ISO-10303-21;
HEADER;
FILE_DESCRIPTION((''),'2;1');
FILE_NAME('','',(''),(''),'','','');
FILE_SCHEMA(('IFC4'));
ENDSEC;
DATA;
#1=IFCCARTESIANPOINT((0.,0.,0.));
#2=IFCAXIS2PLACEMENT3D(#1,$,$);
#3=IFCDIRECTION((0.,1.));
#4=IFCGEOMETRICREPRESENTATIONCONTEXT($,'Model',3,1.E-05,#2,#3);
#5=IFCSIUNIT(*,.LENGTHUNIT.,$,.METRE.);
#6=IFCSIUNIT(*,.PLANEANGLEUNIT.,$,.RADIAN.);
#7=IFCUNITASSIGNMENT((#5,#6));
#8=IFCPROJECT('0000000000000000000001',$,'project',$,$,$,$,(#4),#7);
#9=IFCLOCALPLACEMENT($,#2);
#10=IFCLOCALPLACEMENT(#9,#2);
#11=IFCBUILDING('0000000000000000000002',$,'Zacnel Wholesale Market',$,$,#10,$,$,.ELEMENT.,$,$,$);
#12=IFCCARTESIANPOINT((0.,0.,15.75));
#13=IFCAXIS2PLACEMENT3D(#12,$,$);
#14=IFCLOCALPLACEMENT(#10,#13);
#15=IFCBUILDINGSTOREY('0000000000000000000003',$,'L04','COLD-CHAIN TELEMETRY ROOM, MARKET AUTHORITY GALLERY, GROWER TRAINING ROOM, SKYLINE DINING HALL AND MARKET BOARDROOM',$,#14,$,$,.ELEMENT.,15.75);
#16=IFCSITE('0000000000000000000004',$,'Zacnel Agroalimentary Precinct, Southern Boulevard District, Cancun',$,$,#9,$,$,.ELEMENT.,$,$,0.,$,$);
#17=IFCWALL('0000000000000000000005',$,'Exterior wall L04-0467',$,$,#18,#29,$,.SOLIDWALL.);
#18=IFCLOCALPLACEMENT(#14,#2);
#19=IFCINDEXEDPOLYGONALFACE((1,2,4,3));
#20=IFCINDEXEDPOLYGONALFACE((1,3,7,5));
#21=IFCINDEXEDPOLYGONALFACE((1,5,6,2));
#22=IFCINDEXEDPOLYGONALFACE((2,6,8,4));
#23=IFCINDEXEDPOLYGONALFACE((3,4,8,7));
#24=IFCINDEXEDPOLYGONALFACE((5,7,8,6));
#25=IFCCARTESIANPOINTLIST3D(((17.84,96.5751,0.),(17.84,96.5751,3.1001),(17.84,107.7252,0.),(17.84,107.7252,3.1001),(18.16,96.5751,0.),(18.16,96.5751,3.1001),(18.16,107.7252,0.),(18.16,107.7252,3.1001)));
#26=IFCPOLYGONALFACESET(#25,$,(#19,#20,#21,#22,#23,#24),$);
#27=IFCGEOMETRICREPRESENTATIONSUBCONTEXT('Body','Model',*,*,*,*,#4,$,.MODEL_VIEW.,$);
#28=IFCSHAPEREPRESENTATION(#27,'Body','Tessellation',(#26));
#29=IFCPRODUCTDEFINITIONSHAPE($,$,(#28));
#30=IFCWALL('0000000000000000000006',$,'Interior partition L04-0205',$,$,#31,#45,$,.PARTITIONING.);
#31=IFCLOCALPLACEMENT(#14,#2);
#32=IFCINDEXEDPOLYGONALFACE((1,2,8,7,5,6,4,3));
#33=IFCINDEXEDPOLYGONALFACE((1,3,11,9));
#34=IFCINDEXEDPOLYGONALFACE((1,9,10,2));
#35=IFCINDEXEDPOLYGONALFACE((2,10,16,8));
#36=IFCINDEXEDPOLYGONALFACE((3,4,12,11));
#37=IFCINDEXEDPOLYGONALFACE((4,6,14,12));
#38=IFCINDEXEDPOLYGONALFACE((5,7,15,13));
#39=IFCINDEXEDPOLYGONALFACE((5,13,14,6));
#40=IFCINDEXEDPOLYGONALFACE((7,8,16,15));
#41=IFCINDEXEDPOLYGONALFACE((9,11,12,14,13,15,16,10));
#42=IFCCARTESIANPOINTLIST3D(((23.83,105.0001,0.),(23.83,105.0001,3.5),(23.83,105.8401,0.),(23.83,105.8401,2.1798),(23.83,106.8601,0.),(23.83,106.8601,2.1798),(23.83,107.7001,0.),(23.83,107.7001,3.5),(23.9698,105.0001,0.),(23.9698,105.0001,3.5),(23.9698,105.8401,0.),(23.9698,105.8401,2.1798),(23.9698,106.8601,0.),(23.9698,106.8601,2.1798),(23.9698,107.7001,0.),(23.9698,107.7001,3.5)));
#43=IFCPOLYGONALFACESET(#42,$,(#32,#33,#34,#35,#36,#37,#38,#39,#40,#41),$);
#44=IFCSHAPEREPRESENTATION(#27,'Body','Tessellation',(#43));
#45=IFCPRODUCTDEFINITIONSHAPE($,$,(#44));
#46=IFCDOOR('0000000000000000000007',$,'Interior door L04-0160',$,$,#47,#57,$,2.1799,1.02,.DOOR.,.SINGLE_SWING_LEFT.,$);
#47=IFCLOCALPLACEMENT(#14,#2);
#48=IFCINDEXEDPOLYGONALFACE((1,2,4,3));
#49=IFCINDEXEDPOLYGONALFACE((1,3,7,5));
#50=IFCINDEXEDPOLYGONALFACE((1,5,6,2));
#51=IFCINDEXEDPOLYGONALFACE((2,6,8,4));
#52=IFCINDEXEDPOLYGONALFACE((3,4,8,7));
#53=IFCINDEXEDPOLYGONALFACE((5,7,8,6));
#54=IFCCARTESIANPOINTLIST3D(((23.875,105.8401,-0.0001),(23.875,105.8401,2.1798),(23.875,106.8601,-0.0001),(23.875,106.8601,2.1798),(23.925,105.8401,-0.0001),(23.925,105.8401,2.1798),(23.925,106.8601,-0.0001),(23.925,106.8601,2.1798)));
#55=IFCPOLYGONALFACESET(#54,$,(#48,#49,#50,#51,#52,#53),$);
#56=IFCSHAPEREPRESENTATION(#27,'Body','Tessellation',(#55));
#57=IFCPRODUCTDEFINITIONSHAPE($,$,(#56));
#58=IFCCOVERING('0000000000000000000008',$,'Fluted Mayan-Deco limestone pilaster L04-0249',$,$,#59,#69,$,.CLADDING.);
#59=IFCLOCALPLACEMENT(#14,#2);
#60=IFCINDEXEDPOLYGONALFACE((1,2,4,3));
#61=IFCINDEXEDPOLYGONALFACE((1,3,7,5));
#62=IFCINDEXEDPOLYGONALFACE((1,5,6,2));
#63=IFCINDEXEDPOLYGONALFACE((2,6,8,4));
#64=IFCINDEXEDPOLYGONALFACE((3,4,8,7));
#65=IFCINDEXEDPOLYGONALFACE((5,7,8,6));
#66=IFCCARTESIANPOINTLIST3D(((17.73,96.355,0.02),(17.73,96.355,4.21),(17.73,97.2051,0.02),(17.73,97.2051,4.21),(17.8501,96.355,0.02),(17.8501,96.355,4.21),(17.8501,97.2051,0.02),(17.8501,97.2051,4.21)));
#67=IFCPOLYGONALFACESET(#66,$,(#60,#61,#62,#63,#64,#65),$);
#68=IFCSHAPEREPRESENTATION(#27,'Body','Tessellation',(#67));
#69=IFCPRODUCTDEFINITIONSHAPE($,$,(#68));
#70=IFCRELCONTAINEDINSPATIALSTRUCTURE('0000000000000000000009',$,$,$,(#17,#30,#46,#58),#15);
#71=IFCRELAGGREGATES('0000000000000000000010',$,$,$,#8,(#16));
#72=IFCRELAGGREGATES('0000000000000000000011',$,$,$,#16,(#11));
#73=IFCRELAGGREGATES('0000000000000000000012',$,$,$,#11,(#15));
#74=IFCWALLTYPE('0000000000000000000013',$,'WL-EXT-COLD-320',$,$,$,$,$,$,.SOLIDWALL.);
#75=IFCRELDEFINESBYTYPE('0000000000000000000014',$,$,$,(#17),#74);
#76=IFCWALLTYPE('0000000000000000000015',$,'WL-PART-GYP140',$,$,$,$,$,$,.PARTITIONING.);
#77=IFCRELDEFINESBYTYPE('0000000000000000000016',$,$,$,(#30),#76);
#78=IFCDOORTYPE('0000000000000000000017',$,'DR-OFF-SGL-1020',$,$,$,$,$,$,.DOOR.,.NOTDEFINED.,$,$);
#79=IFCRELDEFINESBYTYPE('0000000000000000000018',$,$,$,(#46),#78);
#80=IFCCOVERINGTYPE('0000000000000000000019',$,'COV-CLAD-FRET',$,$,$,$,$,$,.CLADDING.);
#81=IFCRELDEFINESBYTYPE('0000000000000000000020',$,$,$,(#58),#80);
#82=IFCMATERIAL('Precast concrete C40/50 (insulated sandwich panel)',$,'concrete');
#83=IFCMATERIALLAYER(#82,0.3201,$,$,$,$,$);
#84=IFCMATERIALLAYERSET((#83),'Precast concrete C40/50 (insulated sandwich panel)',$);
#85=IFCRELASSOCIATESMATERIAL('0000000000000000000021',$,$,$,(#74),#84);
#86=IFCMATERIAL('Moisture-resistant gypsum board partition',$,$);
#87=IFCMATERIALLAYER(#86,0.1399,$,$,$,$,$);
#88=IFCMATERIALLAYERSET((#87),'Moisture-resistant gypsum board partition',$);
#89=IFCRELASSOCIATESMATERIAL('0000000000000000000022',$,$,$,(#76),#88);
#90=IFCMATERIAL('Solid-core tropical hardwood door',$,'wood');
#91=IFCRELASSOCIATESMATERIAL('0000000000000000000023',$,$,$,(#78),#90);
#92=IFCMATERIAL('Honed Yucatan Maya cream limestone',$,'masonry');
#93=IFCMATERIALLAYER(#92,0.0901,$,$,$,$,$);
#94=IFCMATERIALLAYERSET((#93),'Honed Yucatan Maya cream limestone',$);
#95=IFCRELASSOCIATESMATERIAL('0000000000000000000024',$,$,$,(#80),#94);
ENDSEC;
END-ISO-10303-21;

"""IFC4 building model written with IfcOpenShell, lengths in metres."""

from ifc_helpers import new_model, si_unit, direction, frame, frame_2d, origin, origin_2d, place, context, subcontext, project, spatial, rectangle, extrude, material, layer, layer_set, type_object, element, fill, save


model = new_model("IFC4")

# Units and contexts
model_context = context("Model", 3, precision=1e-05, world=origin(), true_north=direction((0.0, 1.0)))
body_context = subcontext(model_context, "Body", "Model", "MODEL_VIEW")
ifc_project = project(units=[si_unit("LENGTHUNIT", "METRE"), si_unit("PLANEANGLEUNIT", "RADIAN")], contexts=[model_context])

# Site, building, storey
site_placement = place(None, origin())
site = spatial("IfcSite", under=ifc_project, at=site_placement, Name="Zacnel Agroalimentary Precinct, Southern Boulevard District, Cancun", CompositionType="ELEMENT", RefElevation=0.0)
building_placement = place(site_placement, origin())
building = spatial("IfcBuilding", under=site, at=building_placement, Name="Zacnel Wholesale Market", CompositionType="ELEMENT")
storey_placement = place(building_placement, frame((0.0, 0.0, 15.75)))
storey = spatial("IfcBuildingStorey", under=building, at=storey_placement, Name="L04", Description="COLD-CHAIN TELEMETRY ROOM, MARKET AUTHORITY GALLERY, GROWER TRAINING ROOM, SKYLINE DINING HALL AND MARKET BOARDROOM", CompositionType="ELEMENT", Elevation=15.75)

# Shared definitions
ifc_material_1 = material(Name="Precast concrete C40/50 (insulated sandwich panel)", Category="concrete")
ifc_layer_1 = layer(ifc_material_1, 0.3201)
ifc_layer_set_1 = layer_set([ifc_layer_1], Name="Precast concrete C40/50 (insulated sandwich panel)")
wall_type_1 = type_object("IfcWallType", Name="WL-EXT-COLD-320", PredefinedType="SOLIDWALL", material=ifc_layer_set_1)

# Wall
wall_1_placement = place(storey_placement, frame((18.0, 96.575, 0.0), z_axis=(0.0, 0.0, 1.0), x_axis=(0.0, 1.0, 0.0)))
element("IfcWall", 1, at=wall_1_placement, inside=storey, type_object=wall_type_1, Name="Exterior wall L04-0467", PredefinedType="SOLIDWALL", context=body_context, shape_type="SweptSolid", body=[
    extrude(rectangle(XDim=11.1501, YDim=0.3201, at=frame_2d((5.5752, 0.0))), origin(), (0.0, 0.0, 1.0), 3.1001),
])

# Wall, opening, door
ifc_material_2 = material(Name="Moisture-resistant gypsum board partition")
ifc_layer_2 = layer(ifc_material_2, 0.1399)
ifc_layer_set_2 = layer_set([ifc_layer_2], Name="Moisture-resistant gypsum board partition")
wall_type_2 = type_object("IfcWallType", Name="WL-PART-GYP140", PredefinedType="PARTITIONING", material=ifc_layer_set_2)
wall_2_placement = place(storey_placement, frame((23.8999, 105.0, 0.0), z_axis=(0.0, 0.0, 1.0), x_axis=(0.0, 1.0, 0.0)))
wall_2 = element("IfcWall", 2, at=wall_2_placement, inside=storey, type_object=wall_type_2, Name="Interior partition L04-0205", PredefinedType="PARTITIONING", context=body_context, shape_type="SweptSolid", body=[
    extrude(rectangle(XDim=2.7, YDim=0.1399, at=frame_2d((1.3501, 0.0))), origin(), (0.0, 0.0, 1.0), 3.5),
])
opening_1_placement = place(wall_2_placement, frame((0.8401, 0.0, 0.0)))
opening_1 = element("IfcOpeningElement", 3, at=opening_1_placement, cuts=wall_2, PredefinedType="OPENING", context=body_context, shape_type="SweptSolid", body=[
    extrude(rectangle(XDim=1.02, YDim=2.1799, at=frame_2d((0.51, 1.0898))), frame((0.0, 0.0798, 0.0), z_axis=(0.0, -1.0, 0.0), x_axis=(1.0, 0.0, 0.0)), (0.0, 0.0, 1.0), 0.1599),
])
ifc_material_3 = material(Name="Solid-core tropical hardwood door", Category="wood")
door_type_1 = type_object("IfcDoorType", Name="DR-OFF-SGL-1020", OperationType="NOTDEFINED", PredefinedType="DOOR", material=ifc_material_3)
door_1_placement = place(opening_1_placement, origin())
door_1 = element("IfcDoor", 4, at=door_1_placement, inside=storey, type_object=door_type_1, Name="Interior door L04-0160", OperationType="SINGLE_SWING_LEFT", OverallHeight=2.1799, OverallWidth=1.02, PredefinedType="DOOR", context=body_context, shape_type="SweptSolid", body=[
    extrude(rectangle(XDim=1.02, YDim=2.1799, at=frame_2d((0.51, 1.0898))), frame((0.0, 0.0249, 0.0), z_axis=(0.0, -1.0, 0.0), x_axis=(1.0, 0.0, 0.0)), (0.0, 0.0, 1.0), 0.05),
])
fill(opening_1, door_1)

# Covering
ifc_material_4 = material(Name="Honed Yucatan Maya cream limestone", Category="masonry")
ifc_layer_3 = layer(ifc_material_4, 0.0901)
ifc_layer_set_3 = layer_set([ifc_layer_3], Name="Honed Yucatan Maya cream limestone")
covering_type = type_object("IfcCoveringType", Name="COV-CLAD-FRET", PredefinedType="CLADDING", material=ifc_layer_set_3)
covering_placement = place(storey_placement, frame((17.79, 96.78, 0.02), z_axis=(0.0, 0.0, 1.0), x_axis=(0.0, 1.0, 0.0)))
element("IfcCovering", 5, at=covering_placement, inside=storey, type_object=covering_type, Name="Fluted Mayan-Deco limestone pilaster L04-0249", PredefinedType="CLADDING", context=body_context, shape_type="SweptSolid", body=[
    extrude(rectangle(XDim=0.8501, YDim=0.1201, at=origin_2d()), origin(), (0.0, 0.0, 1.0), 4.1899),
])

save(model, "model.ifc")
